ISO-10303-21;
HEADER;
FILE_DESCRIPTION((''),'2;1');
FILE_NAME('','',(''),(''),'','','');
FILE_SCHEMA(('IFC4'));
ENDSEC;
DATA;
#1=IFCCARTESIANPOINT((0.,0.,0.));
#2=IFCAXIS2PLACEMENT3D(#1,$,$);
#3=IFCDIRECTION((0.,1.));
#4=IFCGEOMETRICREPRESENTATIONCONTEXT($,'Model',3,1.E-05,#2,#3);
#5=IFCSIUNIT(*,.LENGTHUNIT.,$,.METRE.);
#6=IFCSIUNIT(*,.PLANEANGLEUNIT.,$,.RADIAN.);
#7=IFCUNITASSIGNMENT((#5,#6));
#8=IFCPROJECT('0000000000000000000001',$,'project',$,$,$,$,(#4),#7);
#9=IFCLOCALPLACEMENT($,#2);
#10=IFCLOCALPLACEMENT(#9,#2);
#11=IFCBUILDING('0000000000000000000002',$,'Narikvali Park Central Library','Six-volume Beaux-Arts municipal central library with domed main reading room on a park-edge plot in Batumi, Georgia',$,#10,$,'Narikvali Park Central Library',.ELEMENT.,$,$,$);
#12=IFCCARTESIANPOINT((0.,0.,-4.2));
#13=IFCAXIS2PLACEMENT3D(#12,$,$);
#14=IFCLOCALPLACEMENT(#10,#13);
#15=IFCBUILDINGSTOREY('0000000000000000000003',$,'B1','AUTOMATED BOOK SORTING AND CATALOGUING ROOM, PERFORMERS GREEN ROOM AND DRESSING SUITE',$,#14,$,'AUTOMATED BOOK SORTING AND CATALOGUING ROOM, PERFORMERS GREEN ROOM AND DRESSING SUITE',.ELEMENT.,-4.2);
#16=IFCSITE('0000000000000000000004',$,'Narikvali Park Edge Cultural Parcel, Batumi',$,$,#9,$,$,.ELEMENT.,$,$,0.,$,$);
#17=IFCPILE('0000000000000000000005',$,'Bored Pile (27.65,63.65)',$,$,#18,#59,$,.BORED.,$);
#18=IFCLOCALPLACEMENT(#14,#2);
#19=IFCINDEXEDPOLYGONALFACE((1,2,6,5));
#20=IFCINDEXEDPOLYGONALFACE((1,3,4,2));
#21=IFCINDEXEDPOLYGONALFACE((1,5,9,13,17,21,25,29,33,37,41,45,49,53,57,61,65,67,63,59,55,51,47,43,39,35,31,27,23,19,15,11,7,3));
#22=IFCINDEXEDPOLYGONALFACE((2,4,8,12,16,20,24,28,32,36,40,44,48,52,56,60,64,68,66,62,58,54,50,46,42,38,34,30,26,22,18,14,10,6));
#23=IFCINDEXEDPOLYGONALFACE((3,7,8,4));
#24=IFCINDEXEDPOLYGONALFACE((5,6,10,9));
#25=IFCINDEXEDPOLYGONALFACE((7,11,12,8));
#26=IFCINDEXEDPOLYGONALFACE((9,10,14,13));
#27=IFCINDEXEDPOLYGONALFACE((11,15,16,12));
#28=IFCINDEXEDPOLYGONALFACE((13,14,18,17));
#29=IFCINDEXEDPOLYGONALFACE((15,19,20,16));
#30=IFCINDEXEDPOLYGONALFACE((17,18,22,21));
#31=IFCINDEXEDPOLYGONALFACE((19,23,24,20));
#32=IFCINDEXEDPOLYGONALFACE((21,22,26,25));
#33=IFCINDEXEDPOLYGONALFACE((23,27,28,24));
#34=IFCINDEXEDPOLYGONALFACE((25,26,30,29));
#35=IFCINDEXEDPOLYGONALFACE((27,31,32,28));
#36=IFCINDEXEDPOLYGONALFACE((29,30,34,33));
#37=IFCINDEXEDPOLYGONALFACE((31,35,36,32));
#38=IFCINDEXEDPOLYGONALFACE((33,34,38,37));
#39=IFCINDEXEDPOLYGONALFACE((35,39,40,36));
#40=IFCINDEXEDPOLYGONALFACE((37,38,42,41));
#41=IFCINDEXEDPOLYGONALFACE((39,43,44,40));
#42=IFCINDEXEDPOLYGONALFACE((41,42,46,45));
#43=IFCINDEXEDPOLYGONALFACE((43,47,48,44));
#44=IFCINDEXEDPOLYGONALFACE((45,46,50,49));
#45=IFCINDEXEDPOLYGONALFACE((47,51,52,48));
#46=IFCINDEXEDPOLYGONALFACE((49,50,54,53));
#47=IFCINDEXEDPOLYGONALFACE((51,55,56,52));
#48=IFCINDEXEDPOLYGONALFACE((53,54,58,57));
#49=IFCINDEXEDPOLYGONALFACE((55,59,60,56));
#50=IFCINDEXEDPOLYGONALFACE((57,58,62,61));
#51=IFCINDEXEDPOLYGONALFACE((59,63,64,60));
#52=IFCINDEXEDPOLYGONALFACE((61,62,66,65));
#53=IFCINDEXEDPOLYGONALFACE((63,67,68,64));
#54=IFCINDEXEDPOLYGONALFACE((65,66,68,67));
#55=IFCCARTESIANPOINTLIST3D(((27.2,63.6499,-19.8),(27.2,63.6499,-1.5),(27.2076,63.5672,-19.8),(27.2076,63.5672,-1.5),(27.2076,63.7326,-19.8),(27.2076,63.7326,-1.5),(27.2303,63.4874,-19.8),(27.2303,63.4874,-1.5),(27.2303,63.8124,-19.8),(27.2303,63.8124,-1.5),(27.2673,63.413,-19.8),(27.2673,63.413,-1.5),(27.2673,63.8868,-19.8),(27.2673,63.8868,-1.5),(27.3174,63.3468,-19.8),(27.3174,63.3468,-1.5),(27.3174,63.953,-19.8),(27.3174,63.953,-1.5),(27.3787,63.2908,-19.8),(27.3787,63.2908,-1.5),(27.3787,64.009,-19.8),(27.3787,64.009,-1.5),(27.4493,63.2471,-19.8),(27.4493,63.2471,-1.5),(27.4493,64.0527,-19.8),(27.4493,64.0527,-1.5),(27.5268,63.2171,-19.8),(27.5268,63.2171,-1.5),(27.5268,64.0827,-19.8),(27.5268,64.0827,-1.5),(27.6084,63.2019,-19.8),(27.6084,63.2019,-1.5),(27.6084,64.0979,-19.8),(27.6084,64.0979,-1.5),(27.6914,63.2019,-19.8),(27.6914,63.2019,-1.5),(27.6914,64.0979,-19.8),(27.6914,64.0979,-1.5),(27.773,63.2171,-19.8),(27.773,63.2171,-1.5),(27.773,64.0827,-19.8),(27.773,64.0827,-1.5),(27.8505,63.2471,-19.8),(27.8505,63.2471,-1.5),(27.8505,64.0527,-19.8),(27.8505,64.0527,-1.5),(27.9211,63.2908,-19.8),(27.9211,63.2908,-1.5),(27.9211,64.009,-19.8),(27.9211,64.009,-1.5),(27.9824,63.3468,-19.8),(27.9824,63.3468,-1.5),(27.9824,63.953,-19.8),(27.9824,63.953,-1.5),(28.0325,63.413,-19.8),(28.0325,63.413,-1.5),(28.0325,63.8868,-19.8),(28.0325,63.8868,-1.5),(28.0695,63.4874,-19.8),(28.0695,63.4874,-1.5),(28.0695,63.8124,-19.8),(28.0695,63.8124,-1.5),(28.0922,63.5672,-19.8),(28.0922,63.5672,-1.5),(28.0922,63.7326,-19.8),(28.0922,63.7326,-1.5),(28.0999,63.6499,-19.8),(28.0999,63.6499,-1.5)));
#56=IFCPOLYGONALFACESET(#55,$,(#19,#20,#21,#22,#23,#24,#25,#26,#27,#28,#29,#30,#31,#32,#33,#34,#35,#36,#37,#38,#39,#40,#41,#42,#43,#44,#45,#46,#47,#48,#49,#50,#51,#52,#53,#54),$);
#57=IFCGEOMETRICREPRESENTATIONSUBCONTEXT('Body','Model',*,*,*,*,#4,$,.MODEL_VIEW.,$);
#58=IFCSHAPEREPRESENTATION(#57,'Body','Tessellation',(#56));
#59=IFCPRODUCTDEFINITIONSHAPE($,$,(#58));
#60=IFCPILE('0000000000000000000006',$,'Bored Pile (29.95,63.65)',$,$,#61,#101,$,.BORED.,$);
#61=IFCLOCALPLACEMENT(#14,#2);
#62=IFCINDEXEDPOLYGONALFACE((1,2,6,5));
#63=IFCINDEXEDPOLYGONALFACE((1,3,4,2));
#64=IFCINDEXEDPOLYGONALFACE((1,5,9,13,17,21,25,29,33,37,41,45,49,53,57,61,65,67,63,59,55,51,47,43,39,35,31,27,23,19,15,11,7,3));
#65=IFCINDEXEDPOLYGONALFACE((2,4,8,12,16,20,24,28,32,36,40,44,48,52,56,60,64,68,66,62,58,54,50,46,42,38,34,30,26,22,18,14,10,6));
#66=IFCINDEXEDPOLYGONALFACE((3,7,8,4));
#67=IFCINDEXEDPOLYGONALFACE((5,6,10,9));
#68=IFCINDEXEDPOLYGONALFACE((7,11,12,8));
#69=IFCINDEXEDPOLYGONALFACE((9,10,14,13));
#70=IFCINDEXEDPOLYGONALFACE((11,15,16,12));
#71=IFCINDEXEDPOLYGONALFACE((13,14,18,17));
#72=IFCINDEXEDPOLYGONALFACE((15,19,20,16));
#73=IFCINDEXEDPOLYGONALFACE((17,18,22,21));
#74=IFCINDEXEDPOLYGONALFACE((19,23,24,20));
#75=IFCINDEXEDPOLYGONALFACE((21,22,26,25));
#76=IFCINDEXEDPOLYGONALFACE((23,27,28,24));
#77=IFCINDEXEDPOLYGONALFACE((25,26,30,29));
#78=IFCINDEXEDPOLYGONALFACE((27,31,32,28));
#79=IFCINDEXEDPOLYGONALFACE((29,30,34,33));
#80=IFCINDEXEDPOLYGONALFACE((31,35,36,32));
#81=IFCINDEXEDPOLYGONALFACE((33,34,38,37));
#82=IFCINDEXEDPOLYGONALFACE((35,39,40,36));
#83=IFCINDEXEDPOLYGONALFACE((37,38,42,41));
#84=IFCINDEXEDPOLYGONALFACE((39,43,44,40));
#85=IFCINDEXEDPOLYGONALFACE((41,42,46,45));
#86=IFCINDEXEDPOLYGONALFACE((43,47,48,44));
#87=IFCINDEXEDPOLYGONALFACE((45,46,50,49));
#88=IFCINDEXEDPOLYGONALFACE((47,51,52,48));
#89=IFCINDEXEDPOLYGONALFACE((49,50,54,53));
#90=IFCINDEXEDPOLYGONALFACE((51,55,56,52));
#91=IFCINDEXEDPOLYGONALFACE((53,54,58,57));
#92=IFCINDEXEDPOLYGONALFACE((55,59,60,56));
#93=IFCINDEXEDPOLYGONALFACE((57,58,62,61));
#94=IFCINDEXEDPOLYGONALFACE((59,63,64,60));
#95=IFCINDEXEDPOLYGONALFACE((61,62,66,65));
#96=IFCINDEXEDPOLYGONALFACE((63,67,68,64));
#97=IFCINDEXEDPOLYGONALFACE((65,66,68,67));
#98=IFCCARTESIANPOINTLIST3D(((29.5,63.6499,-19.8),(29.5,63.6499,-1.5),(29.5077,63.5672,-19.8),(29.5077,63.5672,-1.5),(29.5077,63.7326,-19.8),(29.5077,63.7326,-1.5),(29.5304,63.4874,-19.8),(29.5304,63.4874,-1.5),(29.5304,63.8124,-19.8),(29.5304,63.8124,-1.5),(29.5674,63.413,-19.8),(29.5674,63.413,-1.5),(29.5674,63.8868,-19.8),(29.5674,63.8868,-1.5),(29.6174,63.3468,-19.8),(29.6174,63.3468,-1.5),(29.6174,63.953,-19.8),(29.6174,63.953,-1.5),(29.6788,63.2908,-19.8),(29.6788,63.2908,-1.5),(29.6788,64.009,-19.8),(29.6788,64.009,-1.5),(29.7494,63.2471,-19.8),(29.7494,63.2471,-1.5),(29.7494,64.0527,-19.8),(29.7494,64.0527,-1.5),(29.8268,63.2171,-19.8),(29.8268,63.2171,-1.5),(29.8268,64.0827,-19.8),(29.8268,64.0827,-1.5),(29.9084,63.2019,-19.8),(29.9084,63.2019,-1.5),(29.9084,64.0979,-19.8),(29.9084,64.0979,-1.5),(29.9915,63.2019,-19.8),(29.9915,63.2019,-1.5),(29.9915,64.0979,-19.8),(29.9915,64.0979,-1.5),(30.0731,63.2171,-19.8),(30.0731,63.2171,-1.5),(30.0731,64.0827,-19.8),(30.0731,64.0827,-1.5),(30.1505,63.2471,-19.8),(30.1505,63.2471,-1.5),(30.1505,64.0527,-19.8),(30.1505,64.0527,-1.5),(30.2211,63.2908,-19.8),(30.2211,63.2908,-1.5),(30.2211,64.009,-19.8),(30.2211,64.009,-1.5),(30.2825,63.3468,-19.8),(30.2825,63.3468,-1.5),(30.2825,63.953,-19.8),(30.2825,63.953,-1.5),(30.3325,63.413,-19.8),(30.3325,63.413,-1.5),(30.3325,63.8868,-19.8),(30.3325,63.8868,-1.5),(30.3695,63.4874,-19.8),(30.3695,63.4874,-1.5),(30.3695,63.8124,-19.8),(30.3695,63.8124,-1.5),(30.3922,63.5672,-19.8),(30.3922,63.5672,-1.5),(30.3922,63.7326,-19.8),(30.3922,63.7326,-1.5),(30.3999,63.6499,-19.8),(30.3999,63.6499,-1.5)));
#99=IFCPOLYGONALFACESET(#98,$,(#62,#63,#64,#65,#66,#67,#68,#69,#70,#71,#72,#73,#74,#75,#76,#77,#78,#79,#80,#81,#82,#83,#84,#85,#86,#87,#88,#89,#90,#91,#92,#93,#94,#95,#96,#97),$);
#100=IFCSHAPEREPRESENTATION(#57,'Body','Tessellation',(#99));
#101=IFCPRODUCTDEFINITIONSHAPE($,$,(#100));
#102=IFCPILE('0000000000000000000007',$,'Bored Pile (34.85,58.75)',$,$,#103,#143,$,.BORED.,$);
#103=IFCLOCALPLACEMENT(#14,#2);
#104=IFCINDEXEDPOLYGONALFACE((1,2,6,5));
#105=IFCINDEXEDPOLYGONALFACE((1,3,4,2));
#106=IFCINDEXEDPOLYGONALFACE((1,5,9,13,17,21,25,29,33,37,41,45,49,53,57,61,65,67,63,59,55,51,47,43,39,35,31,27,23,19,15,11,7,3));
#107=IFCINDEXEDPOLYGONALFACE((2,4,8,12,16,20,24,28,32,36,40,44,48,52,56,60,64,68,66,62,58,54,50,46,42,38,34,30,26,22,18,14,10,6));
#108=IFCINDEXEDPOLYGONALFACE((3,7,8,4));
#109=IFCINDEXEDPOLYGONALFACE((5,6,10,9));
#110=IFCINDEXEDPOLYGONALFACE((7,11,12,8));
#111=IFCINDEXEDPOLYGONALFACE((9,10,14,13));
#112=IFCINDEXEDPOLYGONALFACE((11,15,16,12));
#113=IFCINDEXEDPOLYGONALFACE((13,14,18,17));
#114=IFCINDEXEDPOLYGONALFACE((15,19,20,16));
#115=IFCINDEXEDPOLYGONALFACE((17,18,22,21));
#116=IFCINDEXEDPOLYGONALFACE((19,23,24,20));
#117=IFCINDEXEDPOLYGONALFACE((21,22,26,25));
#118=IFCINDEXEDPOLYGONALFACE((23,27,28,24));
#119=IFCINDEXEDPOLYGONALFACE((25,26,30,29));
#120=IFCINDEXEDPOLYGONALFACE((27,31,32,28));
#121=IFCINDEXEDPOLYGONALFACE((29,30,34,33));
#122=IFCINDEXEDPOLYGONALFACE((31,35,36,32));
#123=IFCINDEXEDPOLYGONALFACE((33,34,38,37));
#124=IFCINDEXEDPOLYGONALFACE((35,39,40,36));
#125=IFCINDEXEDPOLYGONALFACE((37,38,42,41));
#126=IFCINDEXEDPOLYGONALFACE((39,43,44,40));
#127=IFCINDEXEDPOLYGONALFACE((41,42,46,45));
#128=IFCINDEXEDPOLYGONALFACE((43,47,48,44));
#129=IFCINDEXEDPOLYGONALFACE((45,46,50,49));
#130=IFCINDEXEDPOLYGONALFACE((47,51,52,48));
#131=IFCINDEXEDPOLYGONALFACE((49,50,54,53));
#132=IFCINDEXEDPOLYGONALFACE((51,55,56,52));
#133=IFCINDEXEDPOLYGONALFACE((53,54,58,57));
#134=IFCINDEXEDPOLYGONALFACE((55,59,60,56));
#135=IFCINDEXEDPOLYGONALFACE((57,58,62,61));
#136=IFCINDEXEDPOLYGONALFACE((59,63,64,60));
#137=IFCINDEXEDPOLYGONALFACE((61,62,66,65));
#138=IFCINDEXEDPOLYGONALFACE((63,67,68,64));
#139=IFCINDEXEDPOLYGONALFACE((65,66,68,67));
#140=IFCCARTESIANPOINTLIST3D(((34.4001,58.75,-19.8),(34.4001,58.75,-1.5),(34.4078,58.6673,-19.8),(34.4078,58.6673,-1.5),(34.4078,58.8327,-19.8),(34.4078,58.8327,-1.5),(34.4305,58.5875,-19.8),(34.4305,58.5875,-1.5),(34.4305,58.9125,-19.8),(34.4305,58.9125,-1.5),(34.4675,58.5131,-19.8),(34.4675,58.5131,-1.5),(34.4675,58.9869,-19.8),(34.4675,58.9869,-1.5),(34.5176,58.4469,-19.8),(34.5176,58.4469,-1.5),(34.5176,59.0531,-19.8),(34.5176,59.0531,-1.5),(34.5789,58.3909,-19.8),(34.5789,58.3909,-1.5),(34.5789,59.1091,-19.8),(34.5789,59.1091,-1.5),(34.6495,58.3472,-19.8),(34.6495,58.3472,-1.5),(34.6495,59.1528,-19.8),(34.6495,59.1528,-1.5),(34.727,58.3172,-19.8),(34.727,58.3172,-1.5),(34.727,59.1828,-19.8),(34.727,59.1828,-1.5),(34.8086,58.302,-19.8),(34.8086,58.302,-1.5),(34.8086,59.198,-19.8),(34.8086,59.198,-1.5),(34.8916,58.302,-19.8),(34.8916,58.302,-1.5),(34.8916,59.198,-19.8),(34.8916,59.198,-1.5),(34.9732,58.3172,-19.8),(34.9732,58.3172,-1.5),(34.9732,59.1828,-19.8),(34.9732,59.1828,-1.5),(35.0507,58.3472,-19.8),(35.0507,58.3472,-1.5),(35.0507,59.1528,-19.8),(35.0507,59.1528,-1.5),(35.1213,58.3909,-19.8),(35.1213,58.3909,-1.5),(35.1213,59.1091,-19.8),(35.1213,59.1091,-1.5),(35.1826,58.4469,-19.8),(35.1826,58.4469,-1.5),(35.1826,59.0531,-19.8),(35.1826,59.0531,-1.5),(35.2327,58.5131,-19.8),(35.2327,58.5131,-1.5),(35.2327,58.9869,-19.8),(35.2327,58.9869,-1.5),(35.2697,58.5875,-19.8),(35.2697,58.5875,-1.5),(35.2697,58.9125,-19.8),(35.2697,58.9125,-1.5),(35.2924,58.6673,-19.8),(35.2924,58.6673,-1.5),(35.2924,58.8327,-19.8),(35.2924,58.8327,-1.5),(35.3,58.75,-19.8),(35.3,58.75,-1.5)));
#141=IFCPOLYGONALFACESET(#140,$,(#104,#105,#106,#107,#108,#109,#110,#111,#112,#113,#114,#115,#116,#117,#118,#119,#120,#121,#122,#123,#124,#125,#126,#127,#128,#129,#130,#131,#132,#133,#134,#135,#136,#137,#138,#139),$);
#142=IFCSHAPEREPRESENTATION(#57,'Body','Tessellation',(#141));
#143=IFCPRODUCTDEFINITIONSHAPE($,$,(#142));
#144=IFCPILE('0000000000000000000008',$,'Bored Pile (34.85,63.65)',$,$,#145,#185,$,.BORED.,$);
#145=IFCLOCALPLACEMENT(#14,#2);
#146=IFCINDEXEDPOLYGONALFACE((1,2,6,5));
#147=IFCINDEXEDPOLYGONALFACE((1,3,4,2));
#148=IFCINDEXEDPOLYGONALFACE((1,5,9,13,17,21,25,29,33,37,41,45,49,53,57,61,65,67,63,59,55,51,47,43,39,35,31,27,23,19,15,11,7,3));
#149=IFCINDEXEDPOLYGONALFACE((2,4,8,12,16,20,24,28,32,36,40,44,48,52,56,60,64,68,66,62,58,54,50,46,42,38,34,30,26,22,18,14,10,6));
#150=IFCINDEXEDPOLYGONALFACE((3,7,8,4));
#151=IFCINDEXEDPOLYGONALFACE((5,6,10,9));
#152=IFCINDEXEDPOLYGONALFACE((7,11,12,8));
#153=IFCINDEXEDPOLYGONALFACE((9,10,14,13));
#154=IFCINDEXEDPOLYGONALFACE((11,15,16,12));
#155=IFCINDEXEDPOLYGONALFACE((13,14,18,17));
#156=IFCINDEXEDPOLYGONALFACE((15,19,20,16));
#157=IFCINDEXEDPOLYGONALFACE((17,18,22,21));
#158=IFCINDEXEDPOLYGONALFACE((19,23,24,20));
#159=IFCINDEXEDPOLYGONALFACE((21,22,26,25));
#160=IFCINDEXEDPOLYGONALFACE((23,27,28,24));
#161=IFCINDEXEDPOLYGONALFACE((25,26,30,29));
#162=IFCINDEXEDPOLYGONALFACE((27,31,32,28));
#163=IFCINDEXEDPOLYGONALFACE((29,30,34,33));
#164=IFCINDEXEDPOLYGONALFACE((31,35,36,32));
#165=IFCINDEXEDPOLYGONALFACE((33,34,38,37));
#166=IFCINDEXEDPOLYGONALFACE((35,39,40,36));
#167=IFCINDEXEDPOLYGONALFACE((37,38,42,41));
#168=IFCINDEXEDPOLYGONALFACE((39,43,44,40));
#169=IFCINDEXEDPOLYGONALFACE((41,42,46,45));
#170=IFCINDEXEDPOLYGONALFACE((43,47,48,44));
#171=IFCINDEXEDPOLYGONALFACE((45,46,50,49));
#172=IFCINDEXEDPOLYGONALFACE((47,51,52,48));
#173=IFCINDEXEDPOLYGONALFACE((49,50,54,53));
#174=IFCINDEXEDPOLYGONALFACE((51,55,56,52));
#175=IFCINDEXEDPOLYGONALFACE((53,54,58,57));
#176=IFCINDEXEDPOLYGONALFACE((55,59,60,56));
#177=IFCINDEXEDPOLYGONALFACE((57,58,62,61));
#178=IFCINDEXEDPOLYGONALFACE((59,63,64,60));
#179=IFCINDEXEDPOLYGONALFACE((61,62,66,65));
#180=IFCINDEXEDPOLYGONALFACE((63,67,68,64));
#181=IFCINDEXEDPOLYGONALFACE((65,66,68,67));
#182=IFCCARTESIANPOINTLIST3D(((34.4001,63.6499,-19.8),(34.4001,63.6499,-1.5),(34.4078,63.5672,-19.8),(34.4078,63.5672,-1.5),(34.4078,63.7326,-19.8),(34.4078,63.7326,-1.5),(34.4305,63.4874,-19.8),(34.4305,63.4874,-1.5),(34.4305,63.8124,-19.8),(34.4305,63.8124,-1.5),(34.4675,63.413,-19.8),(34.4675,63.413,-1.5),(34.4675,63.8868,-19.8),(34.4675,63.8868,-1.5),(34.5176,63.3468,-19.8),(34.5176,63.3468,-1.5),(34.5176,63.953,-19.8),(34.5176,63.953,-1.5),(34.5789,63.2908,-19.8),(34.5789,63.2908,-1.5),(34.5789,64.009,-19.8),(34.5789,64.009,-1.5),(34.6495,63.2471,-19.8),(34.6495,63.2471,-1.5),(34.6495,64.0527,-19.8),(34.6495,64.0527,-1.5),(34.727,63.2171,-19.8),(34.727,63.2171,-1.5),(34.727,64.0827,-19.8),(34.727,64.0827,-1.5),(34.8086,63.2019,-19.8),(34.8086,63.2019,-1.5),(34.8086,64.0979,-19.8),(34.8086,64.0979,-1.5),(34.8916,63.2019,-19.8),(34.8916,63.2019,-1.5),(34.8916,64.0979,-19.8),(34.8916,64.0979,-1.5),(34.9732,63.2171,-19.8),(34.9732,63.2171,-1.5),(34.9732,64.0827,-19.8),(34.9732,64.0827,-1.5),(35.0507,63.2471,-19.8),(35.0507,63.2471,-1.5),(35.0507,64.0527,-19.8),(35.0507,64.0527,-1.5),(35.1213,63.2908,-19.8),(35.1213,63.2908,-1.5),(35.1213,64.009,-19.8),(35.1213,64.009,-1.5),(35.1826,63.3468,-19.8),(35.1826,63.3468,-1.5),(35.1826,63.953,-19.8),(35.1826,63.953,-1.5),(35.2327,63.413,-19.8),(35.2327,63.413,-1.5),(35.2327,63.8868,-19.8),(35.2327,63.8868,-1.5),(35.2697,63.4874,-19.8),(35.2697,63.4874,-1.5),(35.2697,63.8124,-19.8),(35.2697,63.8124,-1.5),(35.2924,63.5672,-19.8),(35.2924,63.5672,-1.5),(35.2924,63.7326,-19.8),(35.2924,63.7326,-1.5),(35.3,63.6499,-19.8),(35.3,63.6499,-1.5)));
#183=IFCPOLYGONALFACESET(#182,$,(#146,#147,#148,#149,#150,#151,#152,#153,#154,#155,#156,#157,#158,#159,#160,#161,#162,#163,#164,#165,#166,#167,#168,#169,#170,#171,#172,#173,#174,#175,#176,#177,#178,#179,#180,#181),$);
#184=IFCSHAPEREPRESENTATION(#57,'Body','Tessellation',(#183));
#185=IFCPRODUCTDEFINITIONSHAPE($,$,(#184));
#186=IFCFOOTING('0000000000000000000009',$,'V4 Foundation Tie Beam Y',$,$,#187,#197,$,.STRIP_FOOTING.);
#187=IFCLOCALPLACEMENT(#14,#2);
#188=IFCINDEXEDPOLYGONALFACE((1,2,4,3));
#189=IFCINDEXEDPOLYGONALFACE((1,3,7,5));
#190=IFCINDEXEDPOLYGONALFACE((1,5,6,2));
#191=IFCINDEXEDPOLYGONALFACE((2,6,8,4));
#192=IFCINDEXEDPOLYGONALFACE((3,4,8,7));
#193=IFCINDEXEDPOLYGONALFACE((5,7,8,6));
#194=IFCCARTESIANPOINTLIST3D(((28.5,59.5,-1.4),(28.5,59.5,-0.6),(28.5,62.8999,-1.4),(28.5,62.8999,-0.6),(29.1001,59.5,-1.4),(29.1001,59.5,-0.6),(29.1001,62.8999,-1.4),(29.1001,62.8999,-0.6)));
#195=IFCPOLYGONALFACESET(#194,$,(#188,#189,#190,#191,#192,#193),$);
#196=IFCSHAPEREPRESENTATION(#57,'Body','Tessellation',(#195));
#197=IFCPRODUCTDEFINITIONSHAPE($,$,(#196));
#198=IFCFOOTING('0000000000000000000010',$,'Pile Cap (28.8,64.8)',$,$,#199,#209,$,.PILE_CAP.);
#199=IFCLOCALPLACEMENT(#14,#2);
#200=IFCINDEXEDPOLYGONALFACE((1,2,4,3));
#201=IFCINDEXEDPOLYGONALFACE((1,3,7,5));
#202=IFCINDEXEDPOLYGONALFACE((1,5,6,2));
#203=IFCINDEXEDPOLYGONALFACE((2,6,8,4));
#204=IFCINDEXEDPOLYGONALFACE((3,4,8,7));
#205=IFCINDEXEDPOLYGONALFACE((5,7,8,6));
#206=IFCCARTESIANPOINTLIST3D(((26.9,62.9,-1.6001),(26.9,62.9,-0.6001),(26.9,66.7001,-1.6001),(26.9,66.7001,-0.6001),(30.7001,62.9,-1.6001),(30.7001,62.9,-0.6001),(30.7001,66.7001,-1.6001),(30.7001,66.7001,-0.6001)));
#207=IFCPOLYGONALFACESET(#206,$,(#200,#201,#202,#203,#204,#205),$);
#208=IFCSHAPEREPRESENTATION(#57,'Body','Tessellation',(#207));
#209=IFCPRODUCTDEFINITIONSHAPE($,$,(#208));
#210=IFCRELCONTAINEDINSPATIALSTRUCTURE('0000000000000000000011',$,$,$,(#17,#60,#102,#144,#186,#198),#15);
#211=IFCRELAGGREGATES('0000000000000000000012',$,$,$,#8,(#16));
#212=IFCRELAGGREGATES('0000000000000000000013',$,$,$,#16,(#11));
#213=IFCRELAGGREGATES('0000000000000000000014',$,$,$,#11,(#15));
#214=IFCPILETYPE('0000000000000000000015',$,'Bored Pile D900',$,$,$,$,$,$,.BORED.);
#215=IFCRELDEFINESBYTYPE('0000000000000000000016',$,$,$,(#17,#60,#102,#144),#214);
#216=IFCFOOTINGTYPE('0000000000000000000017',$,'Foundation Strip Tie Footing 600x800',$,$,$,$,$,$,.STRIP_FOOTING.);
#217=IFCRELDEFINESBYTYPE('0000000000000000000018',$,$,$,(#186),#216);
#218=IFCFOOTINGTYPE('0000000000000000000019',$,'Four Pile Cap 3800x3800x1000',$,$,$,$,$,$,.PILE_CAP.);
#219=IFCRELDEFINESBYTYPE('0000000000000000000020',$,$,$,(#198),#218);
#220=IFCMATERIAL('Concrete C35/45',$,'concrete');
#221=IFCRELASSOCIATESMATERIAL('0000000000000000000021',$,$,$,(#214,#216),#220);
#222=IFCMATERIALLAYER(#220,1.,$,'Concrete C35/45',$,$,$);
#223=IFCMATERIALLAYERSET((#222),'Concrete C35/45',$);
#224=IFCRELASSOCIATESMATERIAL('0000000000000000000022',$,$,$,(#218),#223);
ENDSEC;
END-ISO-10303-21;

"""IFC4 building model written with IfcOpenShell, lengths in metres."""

from ifc_helpers import new_model, si_unit, direction, frame, origin, origin_2d, place, context, subcontext, project, spatial, rectangle, circle, extrude, material, layer, layer_set, material_profile, profile_set, type_object, element, save


model = new_model("IFC4")

# Units and contexts
model_context = context("Model", 3, precision=1e-05, world=origin(), true_north=direction((0.0, 1.0)))
body_context = subcontext(model_context, "Body", "Model", "MODEL_VIEW")
ifc_project = project(units=[si_unit("LENGTHUNIT", "METRE"), si_unit("PLANEANGLEUNIT", "RADIAN")], contexts=[model_context])

# Site, building, storey
site_placement = place(None, origin())
site = spatial("IfcSite", under=ifc_project, at=site_placement, Name="Narikvali Park Edge Cultural Parcel, Batumi", CompositionType="ELEMENT", RefElevation=0.0)
building_placement = place(site_placement, origin())
building = spatial("IfcBuilding", under=site, at=building_placement, Name="Narikvali Park Central Library", Description="Six-volume Beaux-Arts municipal central library with domed main reading room on a park-edge plot in Batumi, Georgia", LongName="Narikvali Park Central Library", CompositionType="ELEMENT")
storey_placement = place(building_placement, frame((0.0, 0.0, -4.2)))
storey = spatial("IfcBuildingStorey", under=building, at=storey_placement, Name="B1", Description="AUTOMATED BOOK SORTING AND CATALOGUING ROOM, PERFORMERS GREEN ROOM AND DRESSING SUITE", LongName="AUTOMATED BOOK SORTING AND CATALOGUING ROOM, PERFORMERS GREEN ROOM AND DRESSING SUITE", CompositionType="ELEMENT", Elevation=-4.2)

# Piles
ifc_material_1 = material(Name="Concrete C35/45", Category="concrete")
ifc_material_profile_1 = material_profile(ifc_material_1, circle(Radius=0.45, at=origin_2d()), Name="PILE D900")
ifc_profile_set_1 = profile_set([ifc_material_profile_1], Name="Concrete C35/45")
pile_type_1 = type_object("IfcPileType", Name="Bored Pile D900", PredefinedType="BORED", material=ifc_profile_set_1)
for number, where, z_axis, x_axis, name in (
    (1, (27.6499, 63.6499, -1.5), (0.0, 0.0, -1.0), (1.0, 0.0, 0.0), "Bored Pile (27.65,63.65)"),
    (2, (29.95, 63.6499, -1.5), (0.0, 0.0, -1.0), (1.0, 0.0, 0.0), "Bored Pile (29.95,63.65)"),
    (3, (34.8501, 58.75, -1.5), (0.0, 0.0, -1.0), (1.0, 0.0, 0.0), "Bored Pile (34.85,58.75)"),
    (4, (34.8501, 63.6499, -1.5), (0.0, 0.0, -1.0), (1.0, 0.0, 0.0), "Bored Pile (34.85,63.65)"),
):
    element("IfcPile", number, at=place(storey_placement, frame(where, z_axis=z_axis, x_axis=x_axis)), inside=storey, type_object=pile_type_1, Name=name, PredefinedType="BORED", context=body_context, shape_type="SweptSolid", body=[
        extrude(circle(Radius=0.45, at=origin_2d()), origin(), (0.0, 0.0, 1.0), 18.3),
    ])

# Footings
ifc_material_profile_2 = material_profile(ifc_material_1, rectangle(XDim=0.6001, YDim=0.8, at=origin_2d()), Name="RC GB 600x800")
ifc_profile_set_2 = profile_set([ifc_material_profile_2], Name="Concrete C35/45")
footing_type_1 = type_object("IfcFootingType", Name="Foundation Strip Tie Footing 600x800", PredefinedType="STRIP_FOOTING", material=ifc_profile_set_2)
footing_placement = place(storey_placement, frame((28.8, 59.5, -1.0), z_axis=(0.0, 1.0, 0.0), x_axis=(-1.0, 0.0, 0.0)))
element("IfcFooting", 5, at=footing_placement, inside=storey, type_object=footing_type_1, Name="V4 Foundation Tie Beam Y", PredefinedType="STRIP_FOOTING", context=body_context, shape_type="SweptSolid", body=[
    extrude(rectangle(XDim=0.6001, YDim=0.8, at=origin_2d()), origin(), (0.0, 0.0, 1.0), 3.3999),
])
ifc_layer_1 = layer(ifc_material_1, 1.0, Name="Concrete C35/45")
ifc_layer_set_1 = layer_set([ifc_layer_1], Name="Concrete C35/45")
footing_type_2 = type_object("IfcFootingType", Name="Four Pile Cap 3800x3800x1000", PredefinedType="PILE_CAP", material=ifc_layer_set_1)
for number, where, z_axis, x_axis, name in (
    (6, (28.8, 64.8, -1.6001), (0.0, 0.0, 1.0), (1.0, 0.0, 0.0), "Pile Cap (28.8,64.8)"),
):
    element("IfcFooting", number, at=place(storey_placement, frame(where, z_axis=z_axis, x_axis=x_axis)), inside=storey, type_object=footing_type_2, Name=name, PredefinedType="PILE_CAP", context=body_context, shape_type="SweptSolid", body=[
        extrude(rectangle(XDim=3.8, YDim=3.8, at=origin_2d()), origin(), (0.0, 0.0, 1.0), 1.0),
    ])

save(model, "model.ifc")
